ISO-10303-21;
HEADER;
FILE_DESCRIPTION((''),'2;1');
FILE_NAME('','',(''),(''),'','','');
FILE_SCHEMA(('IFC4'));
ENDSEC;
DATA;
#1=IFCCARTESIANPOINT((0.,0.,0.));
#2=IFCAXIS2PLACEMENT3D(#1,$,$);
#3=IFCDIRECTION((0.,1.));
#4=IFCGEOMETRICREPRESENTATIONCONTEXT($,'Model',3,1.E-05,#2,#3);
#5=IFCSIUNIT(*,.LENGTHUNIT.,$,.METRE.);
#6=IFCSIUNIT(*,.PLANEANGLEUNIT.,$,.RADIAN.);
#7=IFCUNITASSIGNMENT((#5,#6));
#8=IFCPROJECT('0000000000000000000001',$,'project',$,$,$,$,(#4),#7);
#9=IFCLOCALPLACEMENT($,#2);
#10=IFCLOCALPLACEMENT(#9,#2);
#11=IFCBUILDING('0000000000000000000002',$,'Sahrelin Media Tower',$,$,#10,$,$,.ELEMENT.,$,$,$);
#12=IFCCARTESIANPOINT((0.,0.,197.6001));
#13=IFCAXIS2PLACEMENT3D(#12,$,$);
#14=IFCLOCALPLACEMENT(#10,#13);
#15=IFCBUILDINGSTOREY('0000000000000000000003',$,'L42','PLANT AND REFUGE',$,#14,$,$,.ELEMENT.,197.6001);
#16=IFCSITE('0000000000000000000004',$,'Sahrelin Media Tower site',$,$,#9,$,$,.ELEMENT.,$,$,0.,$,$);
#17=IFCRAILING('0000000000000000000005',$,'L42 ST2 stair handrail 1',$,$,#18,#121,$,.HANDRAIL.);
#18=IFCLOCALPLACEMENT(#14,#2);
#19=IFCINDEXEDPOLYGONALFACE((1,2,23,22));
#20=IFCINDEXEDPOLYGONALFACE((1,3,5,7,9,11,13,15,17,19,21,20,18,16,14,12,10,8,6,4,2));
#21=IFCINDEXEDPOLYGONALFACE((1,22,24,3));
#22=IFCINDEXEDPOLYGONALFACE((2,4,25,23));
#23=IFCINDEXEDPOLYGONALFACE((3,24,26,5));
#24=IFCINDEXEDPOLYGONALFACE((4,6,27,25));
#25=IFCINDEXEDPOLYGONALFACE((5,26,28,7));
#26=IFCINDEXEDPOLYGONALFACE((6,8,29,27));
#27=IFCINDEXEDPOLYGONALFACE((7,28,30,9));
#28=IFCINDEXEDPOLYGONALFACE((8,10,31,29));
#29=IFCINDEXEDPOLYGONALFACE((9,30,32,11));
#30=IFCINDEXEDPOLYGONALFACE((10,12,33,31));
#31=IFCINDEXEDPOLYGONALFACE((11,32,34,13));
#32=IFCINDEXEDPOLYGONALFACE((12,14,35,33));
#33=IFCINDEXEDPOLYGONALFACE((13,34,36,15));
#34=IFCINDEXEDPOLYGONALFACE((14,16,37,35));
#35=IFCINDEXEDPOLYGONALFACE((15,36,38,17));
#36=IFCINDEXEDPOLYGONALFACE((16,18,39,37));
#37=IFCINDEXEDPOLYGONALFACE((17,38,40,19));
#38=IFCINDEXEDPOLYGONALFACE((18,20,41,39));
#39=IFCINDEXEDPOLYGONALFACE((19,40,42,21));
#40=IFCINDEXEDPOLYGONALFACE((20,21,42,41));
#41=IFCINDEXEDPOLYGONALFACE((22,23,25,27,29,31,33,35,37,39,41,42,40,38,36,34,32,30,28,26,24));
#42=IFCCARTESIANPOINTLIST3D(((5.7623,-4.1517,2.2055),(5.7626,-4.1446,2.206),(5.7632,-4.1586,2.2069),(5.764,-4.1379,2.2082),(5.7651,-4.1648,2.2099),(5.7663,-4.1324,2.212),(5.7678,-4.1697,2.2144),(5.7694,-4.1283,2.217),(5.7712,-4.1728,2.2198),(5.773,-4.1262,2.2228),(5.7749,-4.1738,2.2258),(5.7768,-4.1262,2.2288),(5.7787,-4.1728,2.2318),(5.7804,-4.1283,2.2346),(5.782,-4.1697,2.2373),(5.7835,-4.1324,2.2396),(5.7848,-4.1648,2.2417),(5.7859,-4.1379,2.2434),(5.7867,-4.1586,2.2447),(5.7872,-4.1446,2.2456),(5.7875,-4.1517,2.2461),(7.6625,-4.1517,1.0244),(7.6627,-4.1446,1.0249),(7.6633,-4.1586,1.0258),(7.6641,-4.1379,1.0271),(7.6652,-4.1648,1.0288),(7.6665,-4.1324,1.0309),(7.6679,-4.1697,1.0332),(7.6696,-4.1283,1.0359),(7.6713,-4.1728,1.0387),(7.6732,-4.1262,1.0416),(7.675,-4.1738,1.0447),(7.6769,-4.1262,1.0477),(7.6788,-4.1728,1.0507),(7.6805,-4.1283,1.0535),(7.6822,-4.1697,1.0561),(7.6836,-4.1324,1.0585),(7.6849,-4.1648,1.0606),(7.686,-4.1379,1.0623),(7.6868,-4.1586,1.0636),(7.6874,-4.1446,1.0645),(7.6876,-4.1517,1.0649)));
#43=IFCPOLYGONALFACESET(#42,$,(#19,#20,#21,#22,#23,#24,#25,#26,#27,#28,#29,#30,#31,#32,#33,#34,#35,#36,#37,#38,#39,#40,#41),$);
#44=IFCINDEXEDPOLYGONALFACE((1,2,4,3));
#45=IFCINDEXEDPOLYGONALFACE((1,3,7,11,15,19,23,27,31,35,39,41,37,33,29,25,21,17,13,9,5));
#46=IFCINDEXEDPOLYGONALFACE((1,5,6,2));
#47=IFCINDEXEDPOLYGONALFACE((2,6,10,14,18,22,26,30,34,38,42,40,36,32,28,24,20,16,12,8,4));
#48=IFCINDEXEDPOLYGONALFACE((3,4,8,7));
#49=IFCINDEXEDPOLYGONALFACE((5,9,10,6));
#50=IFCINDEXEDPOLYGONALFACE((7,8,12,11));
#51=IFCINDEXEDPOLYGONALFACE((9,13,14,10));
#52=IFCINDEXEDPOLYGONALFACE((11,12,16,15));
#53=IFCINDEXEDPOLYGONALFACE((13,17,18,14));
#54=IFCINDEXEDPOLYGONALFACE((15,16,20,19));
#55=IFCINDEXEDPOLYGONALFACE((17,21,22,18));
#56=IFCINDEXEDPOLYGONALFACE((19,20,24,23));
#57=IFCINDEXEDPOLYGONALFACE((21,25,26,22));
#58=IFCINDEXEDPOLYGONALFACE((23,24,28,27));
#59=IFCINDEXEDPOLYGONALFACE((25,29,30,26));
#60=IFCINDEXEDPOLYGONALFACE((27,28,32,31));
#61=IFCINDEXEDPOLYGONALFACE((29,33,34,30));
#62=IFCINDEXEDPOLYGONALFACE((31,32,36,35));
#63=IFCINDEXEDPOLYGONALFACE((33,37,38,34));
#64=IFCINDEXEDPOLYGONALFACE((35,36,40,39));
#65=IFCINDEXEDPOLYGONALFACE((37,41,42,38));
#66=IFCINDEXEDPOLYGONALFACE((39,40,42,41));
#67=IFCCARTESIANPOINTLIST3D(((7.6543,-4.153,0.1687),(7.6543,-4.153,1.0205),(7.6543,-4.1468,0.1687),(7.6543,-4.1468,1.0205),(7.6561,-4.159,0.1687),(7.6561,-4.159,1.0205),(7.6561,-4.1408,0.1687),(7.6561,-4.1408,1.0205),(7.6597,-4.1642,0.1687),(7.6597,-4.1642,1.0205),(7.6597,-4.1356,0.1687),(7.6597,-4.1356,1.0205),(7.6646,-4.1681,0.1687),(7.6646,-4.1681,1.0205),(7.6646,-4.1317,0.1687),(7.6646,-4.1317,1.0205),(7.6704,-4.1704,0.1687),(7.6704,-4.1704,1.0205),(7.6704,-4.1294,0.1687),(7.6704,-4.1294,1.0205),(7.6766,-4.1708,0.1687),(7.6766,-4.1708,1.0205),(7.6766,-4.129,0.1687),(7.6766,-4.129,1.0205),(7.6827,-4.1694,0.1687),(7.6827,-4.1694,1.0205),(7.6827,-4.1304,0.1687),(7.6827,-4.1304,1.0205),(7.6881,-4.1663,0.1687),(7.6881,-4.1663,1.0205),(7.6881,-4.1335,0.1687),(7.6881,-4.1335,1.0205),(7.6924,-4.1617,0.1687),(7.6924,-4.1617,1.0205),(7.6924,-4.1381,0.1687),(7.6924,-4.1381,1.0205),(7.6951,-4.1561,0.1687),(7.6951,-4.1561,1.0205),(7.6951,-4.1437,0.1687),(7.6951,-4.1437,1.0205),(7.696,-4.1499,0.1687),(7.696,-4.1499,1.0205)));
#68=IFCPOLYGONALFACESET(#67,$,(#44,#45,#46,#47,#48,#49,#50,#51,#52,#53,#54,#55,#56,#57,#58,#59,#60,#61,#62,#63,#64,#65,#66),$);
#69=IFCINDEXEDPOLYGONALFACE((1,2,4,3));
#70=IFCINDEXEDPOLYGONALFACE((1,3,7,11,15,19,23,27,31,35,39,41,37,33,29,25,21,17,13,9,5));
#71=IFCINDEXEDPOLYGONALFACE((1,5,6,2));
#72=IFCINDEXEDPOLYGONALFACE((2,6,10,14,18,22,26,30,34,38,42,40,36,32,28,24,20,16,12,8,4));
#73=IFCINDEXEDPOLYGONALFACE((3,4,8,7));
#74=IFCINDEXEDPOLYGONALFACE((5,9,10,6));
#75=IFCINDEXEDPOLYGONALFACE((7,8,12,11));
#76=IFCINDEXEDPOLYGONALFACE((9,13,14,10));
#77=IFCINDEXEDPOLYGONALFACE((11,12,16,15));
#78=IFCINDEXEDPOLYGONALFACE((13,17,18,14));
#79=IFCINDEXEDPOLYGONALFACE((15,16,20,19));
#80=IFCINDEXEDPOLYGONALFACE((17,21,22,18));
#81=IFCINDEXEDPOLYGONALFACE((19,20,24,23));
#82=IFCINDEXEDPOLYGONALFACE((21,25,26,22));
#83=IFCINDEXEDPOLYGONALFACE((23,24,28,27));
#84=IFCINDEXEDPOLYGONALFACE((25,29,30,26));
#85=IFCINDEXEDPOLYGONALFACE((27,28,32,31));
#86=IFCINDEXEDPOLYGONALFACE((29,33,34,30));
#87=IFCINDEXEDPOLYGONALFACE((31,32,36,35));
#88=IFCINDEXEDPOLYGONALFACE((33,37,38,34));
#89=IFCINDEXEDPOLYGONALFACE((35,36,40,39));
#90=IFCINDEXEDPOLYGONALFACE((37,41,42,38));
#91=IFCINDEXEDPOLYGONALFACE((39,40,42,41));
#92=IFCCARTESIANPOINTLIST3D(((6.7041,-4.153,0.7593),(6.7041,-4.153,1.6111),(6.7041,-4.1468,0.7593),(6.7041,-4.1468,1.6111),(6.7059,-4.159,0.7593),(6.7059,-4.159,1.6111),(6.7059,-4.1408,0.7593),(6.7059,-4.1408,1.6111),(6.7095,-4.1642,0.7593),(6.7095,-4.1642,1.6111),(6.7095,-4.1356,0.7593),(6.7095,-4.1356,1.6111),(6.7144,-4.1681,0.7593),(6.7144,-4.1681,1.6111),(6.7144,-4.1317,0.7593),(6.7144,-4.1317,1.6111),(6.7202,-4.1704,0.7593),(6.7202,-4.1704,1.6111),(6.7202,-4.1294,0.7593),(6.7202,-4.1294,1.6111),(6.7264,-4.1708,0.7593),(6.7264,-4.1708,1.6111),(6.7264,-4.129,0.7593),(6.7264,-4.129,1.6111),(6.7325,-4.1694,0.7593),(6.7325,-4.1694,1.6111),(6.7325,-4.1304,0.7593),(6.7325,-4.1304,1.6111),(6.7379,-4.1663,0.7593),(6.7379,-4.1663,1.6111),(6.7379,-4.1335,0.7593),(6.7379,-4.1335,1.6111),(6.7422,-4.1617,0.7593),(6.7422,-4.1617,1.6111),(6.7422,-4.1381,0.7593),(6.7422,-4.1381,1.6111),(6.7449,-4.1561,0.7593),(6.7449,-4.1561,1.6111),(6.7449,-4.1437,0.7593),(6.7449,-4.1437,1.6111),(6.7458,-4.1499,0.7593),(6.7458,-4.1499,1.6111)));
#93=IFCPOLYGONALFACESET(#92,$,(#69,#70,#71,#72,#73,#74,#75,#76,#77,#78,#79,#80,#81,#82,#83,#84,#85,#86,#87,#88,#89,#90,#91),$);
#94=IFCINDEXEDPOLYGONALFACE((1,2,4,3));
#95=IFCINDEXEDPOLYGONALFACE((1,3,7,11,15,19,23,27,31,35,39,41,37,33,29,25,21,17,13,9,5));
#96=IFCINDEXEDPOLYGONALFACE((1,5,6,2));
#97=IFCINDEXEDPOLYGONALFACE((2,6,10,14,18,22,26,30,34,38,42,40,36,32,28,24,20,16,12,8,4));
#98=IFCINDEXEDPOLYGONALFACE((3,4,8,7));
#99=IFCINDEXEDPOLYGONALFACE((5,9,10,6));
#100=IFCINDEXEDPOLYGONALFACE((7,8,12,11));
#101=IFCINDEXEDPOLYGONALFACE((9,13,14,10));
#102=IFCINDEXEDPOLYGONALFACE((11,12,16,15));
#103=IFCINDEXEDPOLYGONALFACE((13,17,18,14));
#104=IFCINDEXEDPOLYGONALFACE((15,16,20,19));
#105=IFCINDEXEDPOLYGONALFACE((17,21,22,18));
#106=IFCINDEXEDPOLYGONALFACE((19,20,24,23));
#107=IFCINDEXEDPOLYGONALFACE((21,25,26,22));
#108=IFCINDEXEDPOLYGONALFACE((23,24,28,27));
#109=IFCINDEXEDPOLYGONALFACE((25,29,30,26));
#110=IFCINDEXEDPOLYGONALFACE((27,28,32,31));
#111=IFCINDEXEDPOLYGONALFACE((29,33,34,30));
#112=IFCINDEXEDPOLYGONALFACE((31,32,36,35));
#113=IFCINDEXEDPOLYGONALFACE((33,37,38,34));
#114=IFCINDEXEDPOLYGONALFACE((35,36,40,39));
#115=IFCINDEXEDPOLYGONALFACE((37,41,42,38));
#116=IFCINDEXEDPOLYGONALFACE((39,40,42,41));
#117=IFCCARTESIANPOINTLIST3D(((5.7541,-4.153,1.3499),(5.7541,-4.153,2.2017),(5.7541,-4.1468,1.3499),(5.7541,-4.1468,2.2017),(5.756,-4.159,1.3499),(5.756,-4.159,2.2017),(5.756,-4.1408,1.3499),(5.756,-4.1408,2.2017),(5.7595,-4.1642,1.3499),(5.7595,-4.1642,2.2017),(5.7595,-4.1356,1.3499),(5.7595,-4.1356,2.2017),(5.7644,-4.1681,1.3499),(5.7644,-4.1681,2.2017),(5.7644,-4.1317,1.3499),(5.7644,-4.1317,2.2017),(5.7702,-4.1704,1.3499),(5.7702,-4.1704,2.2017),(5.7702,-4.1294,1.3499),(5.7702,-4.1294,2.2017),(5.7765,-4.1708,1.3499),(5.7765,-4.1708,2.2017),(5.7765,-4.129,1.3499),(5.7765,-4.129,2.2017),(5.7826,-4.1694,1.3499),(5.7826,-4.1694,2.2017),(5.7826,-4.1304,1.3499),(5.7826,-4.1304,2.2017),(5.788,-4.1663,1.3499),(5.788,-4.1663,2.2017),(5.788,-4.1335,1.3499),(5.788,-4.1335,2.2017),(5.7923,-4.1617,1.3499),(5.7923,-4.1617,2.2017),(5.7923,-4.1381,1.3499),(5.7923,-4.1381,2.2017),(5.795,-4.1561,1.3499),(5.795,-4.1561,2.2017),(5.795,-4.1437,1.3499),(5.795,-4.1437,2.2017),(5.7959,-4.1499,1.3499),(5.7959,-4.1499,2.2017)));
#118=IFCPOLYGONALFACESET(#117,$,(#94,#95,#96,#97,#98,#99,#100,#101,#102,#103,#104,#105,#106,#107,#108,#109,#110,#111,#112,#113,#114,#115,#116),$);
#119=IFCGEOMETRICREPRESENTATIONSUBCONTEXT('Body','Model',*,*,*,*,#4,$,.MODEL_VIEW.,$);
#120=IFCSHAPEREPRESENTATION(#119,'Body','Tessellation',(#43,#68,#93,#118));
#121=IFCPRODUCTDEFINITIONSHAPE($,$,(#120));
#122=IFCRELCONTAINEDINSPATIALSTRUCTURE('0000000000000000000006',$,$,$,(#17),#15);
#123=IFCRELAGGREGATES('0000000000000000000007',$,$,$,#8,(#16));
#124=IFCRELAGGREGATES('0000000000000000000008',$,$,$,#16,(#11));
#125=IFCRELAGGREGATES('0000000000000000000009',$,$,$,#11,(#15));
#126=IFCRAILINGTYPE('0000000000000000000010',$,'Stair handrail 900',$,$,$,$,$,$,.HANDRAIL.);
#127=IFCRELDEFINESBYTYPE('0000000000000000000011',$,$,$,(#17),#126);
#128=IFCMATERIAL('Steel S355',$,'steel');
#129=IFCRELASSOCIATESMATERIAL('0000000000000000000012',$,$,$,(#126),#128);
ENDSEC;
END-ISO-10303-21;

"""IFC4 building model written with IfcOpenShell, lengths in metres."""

from ifc_helpers import new_model, si_unit, direction, frame, origin, origin_2d, place, context, subcontext, project, spatial, circle, extrude, material, type_object, element, save


model = new_model("IFC4")

# Units and contexts
model_context = context("Model", 3, precision=1e-05, world=origin(), true_north=direction((0.0, 1.0)))
body_context = subcontext(model_context, "Body", "Model", "MODEL_VIEW")
ifc_project = project(units=[si_unit("LENGTHUNIT", "METRE"), si_unit("PLANEANGLEUNIT", "RADIAN")], contexts=[model_context])

# Site, building, storey
site_placement = place(None, origin())
site = spatial("IfcSite", under=ifc_project, at=site_placement, Name="Sahrelin Media Tower site", CompositionType="ELEMENT", RefElevation=0.0)
building_placement = place(site_placement, origin())
building = spatial("IfcBuilding", under=site, at=building_placement, Name="Sahrelin Media Tower", CompositionType="ELEMENT")
storey_placement = place(building_placement, frame((0.0, 0.0, 197.6001)))
storey = spatial("IfcBuildingStorey", under=building, at=storey_placement, Name="L42", Description="PLANT AND REFUGE", CompositionType="ELEMENT", Elevation=197.6001)

# Railing
ifc_material_1 = material(Name="Steel S355", Category="steel")
railing_type_1 = type_object("IfcRailingType", Name="Stair handrail 900", PredefinedType="HANDRAIL", material=ifc_material_1)
railing_1_placement = place(storey_placement, frame((7.675, -4.1499, 0.1687)))
element("IfcRailing", 1, at=railing_1_placement, inside=storey, type_object=railing_type_1, Name="L42 ST2 stair handrail 1", PredefinedType="HANDRAIL", context=body_context, shape_type="SweptSolid", body=[
    extrude(circle(Radius=0.0239, at=origin_2d()), frame((0.0, 0.0, 0.876), z_axis=(-0.849289, 0.0, 0.527928), x_axis=(0.0, -1.0, 0.0)), (0.0, 0.0, 1.0), 2.2373),
    extrude(circle(Radius=0.021, at=origin_2d()), origin(), (0.0, 0.0, 1.0), 0.8518),
    extrude(circle(Radius=0.021, at=origin_2d()), frame((-0.9502, 0.0, 0.5906)), (0.0, 0.0, 1.0), 0.8518),
    extrude(circle(Radius=0.021, at=origin_2d()), frame((-1.9001, 0.0, 1.1812)), (0.0, 0.0, 1.0), 0.8518),
])

save(model, "model.ifc")
